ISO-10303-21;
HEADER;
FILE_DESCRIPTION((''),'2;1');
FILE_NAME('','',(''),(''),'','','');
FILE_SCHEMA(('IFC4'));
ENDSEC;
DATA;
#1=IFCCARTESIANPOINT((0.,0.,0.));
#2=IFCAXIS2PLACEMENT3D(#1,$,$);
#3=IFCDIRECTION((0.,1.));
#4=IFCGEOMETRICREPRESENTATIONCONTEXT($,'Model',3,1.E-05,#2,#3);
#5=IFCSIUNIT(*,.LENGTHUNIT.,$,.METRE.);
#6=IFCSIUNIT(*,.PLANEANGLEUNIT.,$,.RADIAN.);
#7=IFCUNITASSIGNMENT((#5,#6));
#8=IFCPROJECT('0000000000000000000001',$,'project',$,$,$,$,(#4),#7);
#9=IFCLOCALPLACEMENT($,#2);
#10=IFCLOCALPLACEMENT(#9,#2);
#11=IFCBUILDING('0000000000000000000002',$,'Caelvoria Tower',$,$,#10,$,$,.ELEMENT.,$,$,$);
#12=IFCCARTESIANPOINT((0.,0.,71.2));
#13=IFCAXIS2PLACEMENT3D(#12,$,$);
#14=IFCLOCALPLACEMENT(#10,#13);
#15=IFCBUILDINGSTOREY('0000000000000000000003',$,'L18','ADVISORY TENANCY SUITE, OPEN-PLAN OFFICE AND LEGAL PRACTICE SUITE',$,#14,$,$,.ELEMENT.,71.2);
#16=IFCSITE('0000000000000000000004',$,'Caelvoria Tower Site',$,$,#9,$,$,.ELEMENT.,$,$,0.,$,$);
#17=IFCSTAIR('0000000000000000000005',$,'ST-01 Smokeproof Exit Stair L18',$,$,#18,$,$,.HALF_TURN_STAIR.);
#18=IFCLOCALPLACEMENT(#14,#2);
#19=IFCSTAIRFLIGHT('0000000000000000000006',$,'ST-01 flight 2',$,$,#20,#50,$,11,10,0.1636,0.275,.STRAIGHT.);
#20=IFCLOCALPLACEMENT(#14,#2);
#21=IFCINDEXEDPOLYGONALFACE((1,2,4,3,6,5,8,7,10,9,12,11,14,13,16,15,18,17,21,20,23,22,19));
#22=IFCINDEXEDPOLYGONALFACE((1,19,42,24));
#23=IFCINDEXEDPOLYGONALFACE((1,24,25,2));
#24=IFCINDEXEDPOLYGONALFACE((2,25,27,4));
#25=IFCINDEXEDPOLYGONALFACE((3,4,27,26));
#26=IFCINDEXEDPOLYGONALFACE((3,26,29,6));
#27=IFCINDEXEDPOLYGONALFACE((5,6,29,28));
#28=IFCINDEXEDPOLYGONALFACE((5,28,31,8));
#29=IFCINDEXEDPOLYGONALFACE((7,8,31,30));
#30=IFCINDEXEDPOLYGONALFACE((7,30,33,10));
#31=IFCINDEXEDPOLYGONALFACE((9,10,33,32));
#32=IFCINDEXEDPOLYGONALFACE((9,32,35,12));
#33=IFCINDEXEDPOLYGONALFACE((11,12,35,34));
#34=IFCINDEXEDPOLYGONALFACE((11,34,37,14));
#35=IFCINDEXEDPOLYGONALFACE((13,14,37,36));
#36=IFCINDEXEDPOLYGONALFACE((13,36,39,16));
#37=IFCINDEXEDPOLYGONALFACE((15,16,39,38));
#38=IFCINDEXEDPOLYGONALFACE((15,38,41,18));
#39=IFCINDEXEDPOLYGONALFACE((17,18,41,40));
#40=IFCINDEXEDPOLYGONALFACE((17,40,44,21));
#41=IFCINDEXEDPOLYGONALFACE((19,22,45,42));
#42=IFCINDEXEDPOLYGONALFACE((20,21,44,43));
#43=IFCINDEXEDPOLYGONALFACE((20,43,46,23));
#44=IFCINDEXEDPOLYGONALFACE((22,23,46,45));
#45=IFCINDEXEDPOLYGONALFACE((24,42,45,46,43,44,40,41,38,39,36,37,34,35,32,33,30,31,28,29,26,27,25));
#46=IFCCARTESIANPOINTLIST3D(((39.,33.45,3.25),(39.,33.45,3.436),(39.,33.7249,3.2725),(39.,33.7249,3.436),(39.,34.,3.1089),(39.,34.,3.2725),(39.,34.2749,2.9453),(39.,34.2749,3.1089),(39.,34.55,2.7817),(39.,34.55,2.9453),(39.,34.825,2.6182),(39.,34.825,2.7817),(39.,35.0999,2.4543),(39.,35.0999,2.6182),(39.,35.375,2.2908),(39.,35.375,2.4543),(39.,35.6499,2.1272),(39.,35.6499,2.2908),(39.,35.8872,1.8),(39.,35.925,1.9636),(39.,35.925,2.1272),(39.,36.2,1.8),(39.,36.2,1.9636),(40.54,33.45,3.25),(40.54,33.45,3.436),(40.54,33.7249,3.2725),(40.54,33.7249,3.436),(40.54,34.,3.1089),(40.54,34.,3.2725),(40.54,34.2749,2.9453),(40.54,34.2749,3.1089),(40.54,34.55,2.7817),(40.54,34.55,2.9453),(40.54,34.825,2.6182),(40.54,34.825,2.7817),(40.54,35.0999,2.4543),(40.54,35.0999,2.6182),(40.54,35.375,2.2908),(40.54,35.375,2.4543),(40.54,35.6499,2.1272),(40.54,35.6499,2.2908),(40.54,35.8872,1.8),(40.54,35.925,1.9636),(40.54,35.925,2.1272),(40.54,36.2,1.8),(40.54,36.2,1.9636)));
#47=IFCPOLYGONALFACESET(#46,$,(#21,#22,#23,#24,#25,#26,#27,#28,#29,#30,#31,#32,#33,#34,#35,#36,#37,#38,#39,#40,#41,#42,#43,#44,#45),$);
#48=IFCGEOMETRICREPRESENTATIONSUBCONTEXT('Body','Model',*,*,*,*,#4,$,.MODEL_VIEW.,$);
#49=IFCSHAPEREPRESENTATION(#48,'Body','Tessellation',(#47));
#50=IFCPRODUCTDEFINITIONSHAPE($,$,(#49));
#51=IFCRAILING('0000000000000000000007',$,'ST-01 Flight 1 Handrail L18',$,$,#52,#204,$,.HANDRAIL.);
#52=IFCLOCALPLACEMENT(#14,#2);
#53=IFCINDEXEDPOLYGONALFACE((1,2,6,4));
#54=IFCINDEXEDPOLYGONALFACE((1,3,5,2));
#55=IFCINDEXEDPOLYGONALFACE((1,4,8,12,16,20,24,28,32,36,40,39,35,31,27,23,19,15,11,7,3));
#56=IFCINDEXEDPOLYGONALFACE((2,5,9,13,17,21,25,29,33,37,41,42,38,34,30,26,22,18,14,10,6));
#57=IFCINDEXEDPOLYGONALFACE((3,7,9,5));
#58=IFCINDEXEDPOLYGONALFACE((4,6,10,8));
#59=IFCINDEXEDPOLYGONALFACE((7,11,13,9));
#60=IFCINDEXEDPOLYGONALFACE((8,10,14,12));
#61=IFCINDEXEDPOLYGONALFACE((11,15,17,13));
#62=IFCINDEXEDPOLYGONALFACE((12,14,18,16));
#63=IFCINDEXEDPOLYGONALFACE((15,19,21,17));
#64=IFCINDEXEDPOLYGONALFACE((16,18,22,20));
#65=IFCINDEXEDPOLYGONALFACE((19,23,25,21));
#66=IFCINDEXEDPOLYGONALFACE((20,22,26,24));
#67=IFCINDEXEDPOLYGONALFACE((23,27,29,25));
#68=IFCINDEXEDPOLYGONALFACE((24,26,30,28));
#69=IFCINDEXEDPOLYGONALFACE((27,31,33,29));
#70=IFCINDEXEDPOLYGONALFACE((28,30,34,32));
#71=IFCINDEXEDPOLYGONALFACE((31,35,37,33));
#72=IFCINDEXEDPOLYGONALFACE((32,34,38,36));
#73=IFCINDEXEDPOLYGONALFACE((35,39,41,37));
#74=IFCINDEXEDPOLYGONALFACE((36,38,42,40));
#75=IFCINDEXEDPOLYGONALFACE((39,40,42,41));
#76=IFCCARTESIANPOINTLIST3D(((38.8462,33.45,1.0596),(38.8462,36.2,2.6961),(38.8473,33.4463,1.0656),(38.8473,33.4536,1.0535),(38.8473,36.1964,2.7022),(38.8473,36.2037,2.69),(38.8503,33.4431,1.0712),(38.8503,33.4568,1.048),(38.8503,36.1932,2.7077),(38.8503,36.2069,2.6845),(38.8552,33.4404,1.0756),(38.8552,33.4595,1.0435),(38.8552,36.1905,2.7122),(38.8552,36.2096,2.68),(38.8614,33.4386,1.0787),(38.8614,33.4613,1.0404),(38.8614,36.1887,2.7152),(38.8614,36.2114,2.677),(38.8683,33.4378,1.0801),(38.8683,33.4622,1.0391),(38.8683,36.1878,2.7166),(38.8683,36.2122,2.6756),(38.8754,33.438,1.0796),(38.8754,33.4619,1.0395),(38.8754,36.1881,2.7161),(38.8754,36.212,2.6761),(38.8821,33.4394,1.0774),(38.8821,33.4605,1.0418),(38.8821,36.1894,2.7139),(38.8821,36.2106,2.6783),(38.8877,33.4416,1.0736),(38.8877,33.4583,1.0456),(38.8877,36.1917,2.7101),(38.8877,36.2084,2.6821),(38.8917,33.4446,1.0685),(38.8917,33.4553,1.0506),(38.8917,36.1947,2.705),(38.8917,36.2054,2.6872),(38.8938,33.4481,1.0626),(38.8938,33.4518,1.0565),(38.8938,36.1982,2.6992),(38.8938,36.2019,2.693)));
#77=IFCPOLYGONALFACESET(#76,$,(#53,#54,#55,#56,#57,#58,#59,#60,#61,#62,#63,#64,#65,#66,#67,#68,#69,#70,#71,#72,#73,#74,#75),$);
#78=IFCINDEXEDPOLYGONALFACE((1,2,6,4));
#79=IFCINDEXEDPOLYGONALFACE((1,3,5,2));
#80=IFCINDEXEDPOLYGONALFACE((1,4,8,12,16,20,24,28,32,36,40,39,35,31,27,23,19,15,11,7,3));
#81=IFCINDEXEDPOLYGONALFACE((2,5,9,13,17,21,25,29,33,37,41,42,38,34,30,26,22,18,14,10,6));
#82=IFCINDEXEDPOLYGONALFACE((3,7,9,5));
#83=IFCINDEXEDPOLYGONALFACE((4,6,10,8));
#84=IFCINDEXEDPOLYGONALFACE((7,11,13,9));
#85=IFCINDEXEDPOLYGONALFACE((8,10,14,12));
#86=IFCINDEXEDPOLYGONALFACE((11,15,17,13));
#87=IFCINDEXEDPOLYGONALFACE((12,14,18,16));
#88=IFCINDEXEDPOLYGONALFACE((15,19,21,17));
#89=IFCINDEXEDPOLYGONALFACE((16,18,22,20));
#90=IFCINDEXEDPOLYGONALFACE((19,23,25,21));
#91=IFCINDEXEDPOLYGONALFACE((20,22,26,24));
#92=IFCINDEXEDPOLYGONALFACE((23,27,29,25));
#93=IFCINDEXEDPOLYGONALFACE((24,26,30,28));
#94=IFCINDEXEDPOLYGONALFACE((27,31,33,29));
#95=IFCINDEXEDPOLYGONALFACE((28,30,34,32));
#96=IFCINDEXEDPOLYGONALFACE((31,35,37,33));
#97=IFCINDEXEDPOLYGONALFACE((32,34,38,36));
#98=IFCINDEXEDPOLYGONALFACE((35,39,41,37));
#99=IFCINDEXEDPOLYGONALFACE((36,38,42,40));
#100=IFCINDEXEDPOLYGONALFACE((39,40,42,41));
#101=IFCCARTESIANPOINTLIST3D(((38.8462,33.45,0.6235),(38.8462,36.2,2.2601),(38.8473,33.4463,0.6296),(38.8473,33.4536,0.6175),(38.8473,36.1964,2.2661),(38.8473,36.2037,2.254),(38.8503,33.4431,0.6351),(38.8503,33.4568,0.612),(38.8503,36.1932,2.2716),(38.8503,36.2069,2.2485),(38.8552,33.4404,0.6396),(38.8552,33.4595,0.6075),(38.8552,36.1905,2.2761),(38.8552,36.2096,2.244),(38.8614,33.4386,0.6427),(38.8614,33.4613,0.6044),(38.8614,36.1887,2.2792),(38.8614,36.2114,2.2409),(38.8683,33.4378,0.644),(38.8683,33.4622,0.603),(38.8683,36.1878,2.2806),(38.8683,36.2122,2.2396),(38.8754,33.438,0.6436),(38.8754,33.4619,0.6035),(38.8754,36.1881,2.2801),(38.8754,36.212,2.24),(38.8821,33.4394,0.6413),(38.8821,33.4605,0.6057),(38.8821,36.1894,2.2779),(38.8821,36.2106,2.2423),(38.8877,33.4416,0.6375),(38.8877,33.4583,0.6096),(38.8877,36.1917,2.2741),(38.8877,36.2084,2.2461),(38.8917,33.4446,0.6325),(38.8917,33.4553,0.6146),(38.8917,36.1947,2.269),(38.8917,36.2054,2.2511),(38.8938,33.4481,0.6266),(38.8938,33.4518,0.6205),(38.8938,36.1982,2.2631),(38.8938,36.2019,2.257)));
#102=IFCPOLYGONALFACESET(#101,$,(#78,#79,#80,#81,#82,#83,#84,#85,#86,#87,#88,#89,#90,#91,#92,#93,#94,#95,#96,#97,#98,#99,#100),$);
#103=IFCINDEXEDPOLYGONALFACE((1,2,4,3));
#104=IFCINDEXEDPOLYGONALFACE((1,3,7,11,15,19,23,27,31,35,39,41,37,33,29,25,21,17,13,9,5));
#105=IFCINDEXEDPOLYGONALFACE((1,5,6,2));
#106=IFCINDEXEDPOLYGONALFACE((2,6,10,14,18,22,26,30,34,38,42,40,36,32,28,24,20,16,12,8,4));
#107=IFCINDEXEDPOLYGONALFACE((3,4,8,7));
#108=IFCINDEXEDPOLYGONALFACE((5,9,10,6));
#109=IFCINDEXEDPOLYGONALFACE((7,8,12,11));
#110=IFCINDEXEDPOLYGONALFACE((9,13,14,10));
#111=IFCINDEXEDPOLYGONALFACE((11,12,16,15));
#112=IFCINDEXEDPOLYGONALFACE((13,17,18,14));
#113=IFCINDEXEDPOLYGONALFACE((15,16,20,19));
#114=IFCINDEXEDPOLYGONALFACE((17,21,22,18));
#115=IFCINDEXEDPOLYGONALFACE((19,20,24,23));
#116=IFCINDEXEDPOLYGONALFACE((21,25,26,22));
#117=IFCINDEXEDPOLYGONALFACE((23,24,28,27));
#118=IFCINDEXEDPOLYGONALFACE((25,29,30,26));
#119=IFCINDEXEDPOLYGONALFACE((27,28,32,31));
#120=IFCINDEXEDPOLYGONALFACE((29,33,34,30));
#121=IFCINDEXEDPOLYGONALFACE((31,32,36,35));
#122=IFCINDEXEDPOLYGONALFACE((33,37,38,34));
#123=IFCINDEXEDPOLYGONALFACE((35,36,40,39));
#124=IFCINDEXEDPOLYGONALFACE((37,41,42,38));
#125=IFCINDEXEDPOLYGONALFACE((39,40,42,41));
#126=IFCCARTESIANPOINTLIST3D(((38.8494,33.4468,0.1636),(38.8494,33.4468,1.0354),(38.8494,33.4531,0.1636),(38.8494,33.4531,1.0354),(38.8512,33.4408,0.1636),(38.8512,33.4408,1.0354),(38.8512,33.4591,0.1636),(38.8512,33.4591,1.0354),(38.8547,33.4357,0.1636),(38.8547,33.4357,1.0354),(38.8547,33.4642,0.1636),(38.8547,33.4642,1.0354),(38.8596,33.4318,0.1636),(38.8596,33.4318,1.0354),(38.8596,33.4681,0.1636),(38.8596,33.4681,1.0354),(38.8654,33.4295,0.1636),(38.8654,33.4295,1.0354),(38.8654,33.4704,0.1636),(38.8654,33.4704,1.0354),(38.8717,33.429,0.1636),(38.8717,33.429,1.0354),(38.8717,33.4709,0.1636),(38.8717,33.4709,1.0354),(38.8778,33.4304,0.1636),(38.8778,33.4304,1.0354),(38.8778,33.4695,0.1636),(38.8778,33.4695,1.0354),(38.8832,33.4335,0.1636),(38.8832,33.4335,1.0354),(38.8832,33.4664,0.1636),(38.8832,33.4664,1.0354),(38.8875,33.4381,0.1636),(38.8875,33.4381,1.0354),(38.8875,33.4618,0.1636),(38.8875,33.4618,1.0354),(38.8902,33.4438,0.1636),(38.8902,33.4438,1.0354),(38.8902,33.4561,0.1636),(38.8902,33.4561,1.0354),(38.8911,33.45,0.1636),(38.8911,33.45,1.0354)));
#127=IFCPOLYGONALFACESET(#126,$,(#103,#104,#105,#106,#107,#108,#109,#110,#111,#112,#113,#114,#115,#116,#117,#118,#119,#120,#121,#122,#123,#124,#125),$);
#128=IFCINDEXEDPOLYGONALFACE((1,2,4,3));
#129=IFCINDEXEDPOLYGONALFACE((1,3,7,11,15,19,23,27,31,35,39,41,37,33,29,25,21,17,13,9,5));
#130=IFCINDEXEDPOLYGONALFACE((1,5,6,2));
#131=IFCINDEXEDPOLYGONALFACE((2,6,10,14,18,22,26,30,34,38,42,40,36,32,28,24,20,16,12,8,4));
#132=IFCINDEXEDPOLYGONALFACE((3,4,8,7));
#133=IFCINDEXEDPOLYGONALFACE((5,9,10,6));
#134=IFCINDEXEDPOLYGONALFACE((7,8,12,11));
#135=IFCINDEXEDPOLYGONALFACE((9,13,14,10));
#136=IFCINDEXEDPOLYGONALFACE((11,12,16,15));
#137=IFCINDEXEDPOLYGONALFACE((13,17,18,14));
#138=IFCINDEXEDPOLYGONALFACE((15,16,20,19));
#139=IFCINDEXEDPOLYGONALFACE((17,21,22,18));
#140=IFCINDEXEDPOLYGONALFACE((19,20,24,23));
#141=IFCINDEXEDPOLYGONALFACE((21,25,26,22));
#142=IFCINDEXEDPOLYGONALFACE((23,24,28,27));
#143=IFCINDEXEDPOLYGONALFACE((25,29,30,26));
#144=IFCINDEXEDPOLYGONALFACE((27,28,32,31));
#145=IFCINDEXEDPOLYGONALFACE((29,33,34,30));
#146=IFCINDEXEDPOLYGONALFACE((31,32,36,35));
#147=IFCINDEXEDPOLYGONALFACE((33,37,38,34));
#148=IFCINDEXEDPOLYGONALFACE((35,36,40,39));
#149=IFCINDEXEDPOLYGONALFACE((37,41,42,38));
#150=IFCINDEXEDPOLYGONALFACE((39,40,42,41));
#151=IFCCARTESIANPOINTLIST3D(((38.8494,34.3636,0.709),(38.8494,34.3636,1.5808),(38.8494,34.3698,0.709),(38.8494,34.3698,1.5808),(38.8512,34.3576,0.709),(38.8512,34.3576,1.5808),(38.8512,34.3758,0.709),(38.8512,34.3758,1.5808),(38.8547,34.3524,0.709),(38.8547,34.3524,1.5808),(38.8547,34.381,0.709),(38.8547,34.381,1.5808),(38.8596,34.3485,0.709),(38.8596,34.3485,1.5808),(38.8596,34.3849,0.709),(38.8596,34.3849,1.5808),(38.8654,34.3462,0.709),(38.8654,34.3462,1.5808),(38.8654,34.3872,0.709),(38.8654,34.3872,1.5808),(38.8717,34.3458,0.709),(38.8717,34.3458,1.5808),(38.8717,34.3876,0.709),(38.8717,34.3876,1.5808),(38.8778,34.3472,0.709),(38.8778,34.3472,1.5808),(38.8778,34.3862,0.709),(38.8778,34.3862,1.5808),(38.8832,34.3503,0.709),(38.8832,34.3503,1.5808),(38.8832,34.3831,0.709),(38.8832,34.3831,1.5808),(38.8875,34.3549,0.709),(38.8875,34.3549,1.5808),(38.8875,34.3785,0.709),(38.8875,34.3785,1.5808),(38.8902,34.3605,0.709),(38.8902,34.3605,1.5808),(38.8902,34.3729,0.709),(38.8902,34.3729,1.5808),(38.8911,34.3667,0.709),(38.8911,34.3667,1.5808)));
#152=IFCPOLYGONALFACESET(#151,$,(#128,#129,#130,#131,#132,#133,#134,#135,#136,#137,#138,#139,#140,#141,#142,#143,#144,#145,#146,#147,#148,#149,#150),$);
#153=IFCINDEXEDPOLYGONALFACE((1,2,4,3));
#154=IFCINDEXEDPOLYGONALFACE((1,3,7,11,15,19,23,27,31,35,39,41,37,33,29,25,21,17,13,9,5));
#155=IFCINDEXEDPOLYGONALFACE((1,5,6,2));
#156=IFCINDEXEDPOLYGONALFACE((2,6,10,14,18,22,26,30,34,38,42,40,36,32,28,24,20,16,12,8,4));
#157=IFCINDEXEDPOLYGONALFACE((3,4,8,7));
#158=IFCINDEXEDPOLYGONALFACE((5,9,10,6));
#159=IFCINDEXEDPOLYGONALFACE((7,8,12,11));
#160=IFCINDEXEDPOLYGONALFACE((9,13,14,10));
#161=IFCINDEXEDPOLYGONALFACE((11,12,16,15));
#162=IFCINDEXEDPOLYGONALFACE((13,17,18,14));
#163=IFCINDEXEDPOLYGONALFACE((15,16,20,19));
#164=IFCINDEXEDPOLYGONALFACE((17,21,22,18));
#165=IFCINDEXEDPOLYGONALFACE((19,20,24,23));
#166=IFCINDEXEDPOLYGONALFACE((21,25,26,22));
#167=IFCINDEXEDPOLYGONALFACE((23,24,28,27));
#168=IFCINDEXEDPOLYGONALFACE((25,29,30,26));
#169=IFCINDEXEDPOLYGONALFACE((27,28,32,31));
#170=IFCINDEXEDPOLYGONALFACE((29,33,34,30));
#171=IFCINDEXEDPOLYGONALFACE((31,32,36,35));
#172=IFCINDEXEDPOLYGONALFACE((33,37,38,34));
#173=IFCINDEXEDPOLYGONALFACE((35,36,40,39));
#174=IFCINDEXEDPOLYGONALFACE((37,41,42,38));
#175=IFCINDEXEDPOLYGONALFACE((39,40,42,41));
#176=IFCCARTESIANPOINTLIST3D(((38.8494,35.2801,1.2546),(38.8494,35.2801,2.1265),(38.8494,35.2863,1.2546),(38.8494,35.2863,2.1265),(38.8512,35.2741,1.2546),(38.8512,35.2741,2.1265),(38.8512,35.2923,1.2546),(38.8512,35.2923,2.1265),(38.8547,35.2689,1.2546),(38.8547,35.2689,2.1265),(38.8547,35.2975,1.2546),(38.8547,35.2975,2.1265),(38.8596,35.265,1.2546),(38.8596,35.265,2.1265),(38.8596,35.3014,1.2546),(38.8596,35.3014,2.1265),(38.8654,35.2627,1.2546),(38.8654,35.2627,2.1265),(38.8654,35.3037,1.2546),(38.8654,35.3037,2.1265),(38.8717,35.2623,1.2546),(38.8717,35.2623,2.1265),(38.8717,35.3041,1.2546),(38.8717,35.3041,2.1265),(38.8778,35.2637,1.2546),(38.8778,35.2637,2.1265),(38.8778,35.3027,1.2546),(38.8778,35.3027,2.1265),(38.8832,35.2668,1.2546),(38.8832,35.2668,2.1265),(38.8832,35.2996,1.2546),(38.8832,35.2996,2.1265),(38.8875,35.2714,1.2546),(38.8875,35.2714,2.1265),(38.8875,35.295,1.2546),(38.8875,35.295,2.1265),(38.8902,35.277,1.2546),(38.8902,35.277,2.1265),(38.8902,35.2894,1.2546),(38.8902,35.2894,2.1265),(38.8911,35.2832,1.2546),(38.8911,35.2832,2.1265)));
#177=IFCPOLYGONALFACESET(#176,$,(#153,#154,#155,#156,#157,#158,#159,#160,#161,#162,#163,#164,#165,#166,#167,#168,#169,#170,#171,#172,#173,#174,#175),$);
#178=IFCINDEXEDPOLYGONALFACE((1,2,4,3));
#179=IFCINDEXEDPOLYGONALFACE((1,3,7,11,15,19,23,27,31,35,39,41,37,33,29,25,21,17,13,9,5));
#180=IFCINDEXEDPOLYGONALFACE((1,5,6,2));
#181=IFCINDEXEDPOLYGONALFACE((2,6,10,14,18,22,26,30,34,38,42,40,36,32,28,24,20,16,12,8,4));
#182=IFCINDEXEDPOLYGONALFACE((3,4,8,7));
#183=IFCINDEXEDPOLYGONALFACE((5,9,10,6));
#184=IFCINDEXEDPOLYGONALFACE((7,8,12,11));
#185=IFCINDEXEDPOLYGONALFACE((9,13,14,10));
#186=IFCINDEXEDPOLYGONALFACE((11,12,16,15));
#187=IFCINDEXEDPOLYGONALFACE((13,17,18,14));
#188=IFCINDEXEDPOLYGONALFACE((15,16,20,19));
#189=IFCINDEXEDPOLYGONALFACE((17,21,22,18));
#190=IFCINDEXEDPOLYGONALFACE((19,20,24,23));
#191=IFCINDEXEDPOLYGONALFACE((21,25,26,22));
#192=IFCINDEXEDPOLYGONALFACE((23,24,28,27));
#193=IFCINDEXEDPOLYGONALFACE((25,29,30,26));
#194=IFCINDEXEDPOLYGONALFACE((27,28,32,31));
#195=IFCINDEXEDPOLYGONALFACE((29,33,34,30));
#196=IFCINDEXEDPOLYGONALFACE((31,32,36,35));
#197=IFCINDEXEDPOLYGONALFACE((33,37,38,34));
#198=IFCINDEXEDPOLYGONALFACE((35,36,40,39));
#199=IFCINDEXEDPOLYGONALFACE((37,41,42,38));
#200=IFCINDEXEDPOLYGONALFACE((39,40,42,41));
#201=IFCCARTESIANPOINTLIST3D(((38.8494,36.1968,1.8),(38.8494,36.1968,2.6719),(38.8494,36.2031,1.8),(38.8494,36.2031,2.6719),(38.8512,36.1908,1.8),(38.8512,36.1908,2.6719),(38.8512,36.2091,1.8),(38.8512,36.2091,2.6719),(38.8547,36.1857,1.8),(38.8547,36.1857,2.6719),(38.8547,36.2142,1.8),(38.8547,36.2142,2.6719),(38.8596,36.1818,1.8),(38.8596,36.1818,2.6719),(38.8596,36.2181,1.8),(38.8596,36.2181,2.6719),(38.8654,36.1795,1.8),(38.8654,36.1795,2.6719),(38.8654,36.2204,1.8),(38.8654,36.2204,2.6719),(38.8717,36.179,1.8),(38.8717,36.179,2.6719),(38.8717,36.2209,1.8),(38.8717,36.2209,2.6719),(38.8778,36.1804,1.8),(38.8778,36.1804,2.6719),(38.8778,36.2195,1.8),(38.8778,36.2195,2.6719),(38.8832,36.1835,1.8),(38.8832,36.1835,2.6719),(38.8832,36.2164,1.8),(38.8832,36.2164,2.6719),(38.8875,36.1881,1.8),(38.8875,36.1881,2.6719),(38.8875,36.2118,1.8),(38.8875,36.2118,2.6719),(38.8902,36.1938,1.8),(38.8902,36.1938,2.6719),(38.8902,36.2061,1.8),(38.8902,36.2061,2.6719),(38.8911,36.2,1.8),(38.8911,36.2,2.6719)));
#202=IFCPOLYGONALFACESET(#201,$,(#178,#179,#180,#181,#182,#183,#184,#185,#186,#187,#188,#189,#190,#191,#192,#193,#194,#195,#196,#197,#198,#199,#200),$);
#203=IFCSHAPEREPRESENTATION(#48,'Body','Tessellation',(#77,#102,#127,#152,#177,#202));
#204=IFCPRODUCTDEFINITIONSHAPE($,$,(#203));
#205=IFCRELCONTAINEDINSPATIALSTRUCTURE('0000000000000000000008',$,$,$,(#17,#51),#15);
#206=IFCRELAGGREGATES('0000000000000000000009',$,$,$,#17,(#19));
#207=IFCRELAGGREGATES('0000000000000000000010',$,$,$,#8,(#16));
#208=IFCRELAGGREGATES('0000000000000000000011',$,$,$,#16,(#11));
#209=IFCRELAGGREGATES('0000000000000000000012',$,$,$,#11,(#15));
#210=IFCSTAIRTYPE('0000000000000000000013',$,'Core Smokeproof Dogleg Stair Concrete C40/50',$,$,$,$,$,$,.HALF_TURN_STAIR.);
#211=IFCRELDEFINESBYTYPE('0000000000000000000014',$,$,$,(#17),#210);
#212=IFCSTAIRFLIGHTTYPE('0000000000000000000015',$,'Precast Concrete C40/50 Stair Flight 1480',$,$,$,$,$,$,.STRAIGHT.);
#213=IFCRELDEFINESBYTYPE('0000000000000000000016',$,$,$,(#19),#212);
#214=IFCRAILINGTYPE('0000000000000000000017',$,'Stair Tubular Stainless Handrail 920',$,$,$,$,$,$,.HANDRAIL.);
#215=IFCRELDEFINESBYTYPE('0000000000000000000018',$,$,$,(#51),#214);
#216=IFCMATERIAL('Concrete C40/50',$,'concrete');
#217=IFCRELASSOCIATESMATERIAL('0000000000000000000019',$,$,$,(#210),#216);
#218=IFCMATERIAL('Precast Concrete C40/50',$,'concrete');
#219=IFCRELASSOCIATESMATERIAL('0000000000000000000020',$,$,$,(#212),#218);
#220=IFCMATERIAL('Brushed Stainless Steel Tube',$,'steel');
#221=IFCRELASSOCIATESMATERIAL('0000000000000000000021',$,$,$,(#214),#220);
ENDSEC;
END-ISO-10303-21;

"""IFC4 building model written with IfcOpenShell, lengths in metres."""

from ifc_helpers import new_model, si_unit, direction, frame, origin, origin_2d, place, context, subcontext, project, spatial, polyline, circle, outline, extrude, material, type_object, element, aggregate, save


model = new_model("IFC4")

# Units and contexts
model_context = context("Model", 3, precision=1e-05, world=origin(), true_north=direction((0.0, 1.0)))
body_context = subcontext(model_context, "Body", "Model", "MODEL_VIEW")
ifc_project = project(units=[si_unit("LENGTHUNIT", "METRE"), si_unit("PLANEANGLEUNIT", "RADIAN")], contexts=[model_context])

# Site, building, storey
site_placement = place(None, origin())
site = spatial("IfcSite", under=ifc_project, at=site_placement, Name="Caelvoria Tower Site", CompositionType="ELEMENT", RefElevation=0.0)
building_placement = place(site_placement, origin())
building = spatial("IfcBuilding", under=site, at=building_placement, Name="Caelvoria Tower", CompositionType="ELEMENT")
storey_placement = place(building_placement, frame((0.0, 0.0, 71.2)))
storey = spatial("IfcBuildingStorey", under=building, at=storey_placement, Name="L18", Description="ADVISORY TENANCY SUITE, OPEN-PLAN OFFICE AND LEGAL PRACTICE SUITE", CompositionType="ELEMENT", Elevation=71.2)

# Stair, stair flight
ifc_material_1 = material(Name="Concrete C40/50", Category="concrete")
stair_type = type_object("IfcStairType", Name="Core Smokeproof Dogleg Stair Concrete C40/50", PredefinedType="HALF_TURN_STAIR", material=ifc_material_1)
stair_placement = place(storey_placement, origin())
stair = element("IfcStair", 1, at=stair_placement, inside=storey, type_object=stair_type, Name="ST-01 Smokeproof Exit Stair L18", PredefinedType="HALF_TURN_STAIR")
ifc_material_2 = material(Name="Precast Concrete C40/50", Category="concrete")
stair_flight_type = type_object("IfcStairFlightType", Name="Precast Concrete C40/50 Stair Flight 1480", PredefinedType="STRAIGHT", material=ifc_material_2)
stair_flight_1_placement = place(storey_placement, frame((39.77, 36.2, 1.8), z_axis=(0.0, 0.0, 1.0), x_axis=(0.0, -1.0, 0.0)))
stair_flight_1 = element("IfcStairFlight", 2, at=stair_flight_1_placement, type_object=stair_flight_type, Name="ST-01 flight 2", NumberOfRisers=11, NumberOfTreads=10, PredefinedType="STRAIGHT", RiserHeight=0.1636, TreadLength=0.275, context=body_context, shape_type="SweptSolid", body=[
    extrude(outline(polyline([(0.0, 0.0), (0.0, 0.1636), (0.2749, 0.1636), (0.2749, 0.3271), (0.55, 0.3271), (0.55, 0.4907), (0.825, 0.4907), (0.825, 0.6543), (1.1001, 0.6543), (1.1001, 0.8181), (1.375, 0.8181), (1.375, 0.9817), (1.6499, 0.9817), (1.6499, 1.1453), (1.925, 1.1453), (1.925, 1.3088), (2.2, 1.3088), (2.2, 1.4724), (2.4751, 1.4724), (2.4751, 1.636), (2.75, 1.636), (2.75, 1.7996), (2.75, 1.45), (0.3127, 0.0), (0.0, 0.0)])), frame((0.0, 0.77, 0.0), z_axis=(0.0, -1.0, 0.0), x_axis=(1.0, 0.0, 0.0)), (0.0, 0.0, 1.0), 1.54),
])
aggregate(stair, [stair_flight_1])

# Railing
ifc_material_3 = material(Name="Brushed Stainless Steel Tube", Category="steel")
railing_type_1 = type_object("IfcRailingType", Name="Stair Tubular Stainless Handrail 920", PredefinedType="HANDRAIL", material=ifc_material_3)
railing_1_placement = place(storey_placement, frame((38.8701, 33.45, 0.1636)))
element("IfcRailing", 3, at=railing_1_placement, inside=storey, type_object=railing_type_1, Name="ST-01 Flight 1 Handrail L18", PredefinedType="HANDRAIL", context=body_context, shape_type="SweptSolid", body=[
    extrude(circle(Radius=0.0239, at=origin_2d()), frame((0.0, 0.0, 0.896), z_axis=(0.0, 0.859352, 0.511385), x_axis=(-1.0, 0.0, 0.0)), (0.0, 0.0, 1.0), 3.2002),
    extrude(circle(Radius=0.0239, at=origin_2d()), frame((0.0, 0.0, 0.46), z_axis=(0.0, 0.859352, 0.511385), x_axis=(-1.0, 0.0, 0.0)), (0.0, 0.0, 1.0), 3.2002),
    extrude(circle(Radius=0.021, at=origin_2d()), origin(), (0.0, 0.0, 1.0), 0.8718),
    extrude(circle(Radius=0.021, at=origin_2d()), frame((0.0, 0.9167, 0.5454)), (0.0, 0.0, 1.0), 0.8718),
    extrude(circle(Radius=0.021, at=origin_2d()), frame((0.0, 1.8333, 1.0911)), (0.0, 0.0, 1.0), 0.8718),
    extrude(circle(Radius=0.021, at=origin_2d()), frame((0.0, 2.75, 1.6365)), (0.0, 0.0, 1.0), 0.8718),
])

save(model, "model.ifc")
